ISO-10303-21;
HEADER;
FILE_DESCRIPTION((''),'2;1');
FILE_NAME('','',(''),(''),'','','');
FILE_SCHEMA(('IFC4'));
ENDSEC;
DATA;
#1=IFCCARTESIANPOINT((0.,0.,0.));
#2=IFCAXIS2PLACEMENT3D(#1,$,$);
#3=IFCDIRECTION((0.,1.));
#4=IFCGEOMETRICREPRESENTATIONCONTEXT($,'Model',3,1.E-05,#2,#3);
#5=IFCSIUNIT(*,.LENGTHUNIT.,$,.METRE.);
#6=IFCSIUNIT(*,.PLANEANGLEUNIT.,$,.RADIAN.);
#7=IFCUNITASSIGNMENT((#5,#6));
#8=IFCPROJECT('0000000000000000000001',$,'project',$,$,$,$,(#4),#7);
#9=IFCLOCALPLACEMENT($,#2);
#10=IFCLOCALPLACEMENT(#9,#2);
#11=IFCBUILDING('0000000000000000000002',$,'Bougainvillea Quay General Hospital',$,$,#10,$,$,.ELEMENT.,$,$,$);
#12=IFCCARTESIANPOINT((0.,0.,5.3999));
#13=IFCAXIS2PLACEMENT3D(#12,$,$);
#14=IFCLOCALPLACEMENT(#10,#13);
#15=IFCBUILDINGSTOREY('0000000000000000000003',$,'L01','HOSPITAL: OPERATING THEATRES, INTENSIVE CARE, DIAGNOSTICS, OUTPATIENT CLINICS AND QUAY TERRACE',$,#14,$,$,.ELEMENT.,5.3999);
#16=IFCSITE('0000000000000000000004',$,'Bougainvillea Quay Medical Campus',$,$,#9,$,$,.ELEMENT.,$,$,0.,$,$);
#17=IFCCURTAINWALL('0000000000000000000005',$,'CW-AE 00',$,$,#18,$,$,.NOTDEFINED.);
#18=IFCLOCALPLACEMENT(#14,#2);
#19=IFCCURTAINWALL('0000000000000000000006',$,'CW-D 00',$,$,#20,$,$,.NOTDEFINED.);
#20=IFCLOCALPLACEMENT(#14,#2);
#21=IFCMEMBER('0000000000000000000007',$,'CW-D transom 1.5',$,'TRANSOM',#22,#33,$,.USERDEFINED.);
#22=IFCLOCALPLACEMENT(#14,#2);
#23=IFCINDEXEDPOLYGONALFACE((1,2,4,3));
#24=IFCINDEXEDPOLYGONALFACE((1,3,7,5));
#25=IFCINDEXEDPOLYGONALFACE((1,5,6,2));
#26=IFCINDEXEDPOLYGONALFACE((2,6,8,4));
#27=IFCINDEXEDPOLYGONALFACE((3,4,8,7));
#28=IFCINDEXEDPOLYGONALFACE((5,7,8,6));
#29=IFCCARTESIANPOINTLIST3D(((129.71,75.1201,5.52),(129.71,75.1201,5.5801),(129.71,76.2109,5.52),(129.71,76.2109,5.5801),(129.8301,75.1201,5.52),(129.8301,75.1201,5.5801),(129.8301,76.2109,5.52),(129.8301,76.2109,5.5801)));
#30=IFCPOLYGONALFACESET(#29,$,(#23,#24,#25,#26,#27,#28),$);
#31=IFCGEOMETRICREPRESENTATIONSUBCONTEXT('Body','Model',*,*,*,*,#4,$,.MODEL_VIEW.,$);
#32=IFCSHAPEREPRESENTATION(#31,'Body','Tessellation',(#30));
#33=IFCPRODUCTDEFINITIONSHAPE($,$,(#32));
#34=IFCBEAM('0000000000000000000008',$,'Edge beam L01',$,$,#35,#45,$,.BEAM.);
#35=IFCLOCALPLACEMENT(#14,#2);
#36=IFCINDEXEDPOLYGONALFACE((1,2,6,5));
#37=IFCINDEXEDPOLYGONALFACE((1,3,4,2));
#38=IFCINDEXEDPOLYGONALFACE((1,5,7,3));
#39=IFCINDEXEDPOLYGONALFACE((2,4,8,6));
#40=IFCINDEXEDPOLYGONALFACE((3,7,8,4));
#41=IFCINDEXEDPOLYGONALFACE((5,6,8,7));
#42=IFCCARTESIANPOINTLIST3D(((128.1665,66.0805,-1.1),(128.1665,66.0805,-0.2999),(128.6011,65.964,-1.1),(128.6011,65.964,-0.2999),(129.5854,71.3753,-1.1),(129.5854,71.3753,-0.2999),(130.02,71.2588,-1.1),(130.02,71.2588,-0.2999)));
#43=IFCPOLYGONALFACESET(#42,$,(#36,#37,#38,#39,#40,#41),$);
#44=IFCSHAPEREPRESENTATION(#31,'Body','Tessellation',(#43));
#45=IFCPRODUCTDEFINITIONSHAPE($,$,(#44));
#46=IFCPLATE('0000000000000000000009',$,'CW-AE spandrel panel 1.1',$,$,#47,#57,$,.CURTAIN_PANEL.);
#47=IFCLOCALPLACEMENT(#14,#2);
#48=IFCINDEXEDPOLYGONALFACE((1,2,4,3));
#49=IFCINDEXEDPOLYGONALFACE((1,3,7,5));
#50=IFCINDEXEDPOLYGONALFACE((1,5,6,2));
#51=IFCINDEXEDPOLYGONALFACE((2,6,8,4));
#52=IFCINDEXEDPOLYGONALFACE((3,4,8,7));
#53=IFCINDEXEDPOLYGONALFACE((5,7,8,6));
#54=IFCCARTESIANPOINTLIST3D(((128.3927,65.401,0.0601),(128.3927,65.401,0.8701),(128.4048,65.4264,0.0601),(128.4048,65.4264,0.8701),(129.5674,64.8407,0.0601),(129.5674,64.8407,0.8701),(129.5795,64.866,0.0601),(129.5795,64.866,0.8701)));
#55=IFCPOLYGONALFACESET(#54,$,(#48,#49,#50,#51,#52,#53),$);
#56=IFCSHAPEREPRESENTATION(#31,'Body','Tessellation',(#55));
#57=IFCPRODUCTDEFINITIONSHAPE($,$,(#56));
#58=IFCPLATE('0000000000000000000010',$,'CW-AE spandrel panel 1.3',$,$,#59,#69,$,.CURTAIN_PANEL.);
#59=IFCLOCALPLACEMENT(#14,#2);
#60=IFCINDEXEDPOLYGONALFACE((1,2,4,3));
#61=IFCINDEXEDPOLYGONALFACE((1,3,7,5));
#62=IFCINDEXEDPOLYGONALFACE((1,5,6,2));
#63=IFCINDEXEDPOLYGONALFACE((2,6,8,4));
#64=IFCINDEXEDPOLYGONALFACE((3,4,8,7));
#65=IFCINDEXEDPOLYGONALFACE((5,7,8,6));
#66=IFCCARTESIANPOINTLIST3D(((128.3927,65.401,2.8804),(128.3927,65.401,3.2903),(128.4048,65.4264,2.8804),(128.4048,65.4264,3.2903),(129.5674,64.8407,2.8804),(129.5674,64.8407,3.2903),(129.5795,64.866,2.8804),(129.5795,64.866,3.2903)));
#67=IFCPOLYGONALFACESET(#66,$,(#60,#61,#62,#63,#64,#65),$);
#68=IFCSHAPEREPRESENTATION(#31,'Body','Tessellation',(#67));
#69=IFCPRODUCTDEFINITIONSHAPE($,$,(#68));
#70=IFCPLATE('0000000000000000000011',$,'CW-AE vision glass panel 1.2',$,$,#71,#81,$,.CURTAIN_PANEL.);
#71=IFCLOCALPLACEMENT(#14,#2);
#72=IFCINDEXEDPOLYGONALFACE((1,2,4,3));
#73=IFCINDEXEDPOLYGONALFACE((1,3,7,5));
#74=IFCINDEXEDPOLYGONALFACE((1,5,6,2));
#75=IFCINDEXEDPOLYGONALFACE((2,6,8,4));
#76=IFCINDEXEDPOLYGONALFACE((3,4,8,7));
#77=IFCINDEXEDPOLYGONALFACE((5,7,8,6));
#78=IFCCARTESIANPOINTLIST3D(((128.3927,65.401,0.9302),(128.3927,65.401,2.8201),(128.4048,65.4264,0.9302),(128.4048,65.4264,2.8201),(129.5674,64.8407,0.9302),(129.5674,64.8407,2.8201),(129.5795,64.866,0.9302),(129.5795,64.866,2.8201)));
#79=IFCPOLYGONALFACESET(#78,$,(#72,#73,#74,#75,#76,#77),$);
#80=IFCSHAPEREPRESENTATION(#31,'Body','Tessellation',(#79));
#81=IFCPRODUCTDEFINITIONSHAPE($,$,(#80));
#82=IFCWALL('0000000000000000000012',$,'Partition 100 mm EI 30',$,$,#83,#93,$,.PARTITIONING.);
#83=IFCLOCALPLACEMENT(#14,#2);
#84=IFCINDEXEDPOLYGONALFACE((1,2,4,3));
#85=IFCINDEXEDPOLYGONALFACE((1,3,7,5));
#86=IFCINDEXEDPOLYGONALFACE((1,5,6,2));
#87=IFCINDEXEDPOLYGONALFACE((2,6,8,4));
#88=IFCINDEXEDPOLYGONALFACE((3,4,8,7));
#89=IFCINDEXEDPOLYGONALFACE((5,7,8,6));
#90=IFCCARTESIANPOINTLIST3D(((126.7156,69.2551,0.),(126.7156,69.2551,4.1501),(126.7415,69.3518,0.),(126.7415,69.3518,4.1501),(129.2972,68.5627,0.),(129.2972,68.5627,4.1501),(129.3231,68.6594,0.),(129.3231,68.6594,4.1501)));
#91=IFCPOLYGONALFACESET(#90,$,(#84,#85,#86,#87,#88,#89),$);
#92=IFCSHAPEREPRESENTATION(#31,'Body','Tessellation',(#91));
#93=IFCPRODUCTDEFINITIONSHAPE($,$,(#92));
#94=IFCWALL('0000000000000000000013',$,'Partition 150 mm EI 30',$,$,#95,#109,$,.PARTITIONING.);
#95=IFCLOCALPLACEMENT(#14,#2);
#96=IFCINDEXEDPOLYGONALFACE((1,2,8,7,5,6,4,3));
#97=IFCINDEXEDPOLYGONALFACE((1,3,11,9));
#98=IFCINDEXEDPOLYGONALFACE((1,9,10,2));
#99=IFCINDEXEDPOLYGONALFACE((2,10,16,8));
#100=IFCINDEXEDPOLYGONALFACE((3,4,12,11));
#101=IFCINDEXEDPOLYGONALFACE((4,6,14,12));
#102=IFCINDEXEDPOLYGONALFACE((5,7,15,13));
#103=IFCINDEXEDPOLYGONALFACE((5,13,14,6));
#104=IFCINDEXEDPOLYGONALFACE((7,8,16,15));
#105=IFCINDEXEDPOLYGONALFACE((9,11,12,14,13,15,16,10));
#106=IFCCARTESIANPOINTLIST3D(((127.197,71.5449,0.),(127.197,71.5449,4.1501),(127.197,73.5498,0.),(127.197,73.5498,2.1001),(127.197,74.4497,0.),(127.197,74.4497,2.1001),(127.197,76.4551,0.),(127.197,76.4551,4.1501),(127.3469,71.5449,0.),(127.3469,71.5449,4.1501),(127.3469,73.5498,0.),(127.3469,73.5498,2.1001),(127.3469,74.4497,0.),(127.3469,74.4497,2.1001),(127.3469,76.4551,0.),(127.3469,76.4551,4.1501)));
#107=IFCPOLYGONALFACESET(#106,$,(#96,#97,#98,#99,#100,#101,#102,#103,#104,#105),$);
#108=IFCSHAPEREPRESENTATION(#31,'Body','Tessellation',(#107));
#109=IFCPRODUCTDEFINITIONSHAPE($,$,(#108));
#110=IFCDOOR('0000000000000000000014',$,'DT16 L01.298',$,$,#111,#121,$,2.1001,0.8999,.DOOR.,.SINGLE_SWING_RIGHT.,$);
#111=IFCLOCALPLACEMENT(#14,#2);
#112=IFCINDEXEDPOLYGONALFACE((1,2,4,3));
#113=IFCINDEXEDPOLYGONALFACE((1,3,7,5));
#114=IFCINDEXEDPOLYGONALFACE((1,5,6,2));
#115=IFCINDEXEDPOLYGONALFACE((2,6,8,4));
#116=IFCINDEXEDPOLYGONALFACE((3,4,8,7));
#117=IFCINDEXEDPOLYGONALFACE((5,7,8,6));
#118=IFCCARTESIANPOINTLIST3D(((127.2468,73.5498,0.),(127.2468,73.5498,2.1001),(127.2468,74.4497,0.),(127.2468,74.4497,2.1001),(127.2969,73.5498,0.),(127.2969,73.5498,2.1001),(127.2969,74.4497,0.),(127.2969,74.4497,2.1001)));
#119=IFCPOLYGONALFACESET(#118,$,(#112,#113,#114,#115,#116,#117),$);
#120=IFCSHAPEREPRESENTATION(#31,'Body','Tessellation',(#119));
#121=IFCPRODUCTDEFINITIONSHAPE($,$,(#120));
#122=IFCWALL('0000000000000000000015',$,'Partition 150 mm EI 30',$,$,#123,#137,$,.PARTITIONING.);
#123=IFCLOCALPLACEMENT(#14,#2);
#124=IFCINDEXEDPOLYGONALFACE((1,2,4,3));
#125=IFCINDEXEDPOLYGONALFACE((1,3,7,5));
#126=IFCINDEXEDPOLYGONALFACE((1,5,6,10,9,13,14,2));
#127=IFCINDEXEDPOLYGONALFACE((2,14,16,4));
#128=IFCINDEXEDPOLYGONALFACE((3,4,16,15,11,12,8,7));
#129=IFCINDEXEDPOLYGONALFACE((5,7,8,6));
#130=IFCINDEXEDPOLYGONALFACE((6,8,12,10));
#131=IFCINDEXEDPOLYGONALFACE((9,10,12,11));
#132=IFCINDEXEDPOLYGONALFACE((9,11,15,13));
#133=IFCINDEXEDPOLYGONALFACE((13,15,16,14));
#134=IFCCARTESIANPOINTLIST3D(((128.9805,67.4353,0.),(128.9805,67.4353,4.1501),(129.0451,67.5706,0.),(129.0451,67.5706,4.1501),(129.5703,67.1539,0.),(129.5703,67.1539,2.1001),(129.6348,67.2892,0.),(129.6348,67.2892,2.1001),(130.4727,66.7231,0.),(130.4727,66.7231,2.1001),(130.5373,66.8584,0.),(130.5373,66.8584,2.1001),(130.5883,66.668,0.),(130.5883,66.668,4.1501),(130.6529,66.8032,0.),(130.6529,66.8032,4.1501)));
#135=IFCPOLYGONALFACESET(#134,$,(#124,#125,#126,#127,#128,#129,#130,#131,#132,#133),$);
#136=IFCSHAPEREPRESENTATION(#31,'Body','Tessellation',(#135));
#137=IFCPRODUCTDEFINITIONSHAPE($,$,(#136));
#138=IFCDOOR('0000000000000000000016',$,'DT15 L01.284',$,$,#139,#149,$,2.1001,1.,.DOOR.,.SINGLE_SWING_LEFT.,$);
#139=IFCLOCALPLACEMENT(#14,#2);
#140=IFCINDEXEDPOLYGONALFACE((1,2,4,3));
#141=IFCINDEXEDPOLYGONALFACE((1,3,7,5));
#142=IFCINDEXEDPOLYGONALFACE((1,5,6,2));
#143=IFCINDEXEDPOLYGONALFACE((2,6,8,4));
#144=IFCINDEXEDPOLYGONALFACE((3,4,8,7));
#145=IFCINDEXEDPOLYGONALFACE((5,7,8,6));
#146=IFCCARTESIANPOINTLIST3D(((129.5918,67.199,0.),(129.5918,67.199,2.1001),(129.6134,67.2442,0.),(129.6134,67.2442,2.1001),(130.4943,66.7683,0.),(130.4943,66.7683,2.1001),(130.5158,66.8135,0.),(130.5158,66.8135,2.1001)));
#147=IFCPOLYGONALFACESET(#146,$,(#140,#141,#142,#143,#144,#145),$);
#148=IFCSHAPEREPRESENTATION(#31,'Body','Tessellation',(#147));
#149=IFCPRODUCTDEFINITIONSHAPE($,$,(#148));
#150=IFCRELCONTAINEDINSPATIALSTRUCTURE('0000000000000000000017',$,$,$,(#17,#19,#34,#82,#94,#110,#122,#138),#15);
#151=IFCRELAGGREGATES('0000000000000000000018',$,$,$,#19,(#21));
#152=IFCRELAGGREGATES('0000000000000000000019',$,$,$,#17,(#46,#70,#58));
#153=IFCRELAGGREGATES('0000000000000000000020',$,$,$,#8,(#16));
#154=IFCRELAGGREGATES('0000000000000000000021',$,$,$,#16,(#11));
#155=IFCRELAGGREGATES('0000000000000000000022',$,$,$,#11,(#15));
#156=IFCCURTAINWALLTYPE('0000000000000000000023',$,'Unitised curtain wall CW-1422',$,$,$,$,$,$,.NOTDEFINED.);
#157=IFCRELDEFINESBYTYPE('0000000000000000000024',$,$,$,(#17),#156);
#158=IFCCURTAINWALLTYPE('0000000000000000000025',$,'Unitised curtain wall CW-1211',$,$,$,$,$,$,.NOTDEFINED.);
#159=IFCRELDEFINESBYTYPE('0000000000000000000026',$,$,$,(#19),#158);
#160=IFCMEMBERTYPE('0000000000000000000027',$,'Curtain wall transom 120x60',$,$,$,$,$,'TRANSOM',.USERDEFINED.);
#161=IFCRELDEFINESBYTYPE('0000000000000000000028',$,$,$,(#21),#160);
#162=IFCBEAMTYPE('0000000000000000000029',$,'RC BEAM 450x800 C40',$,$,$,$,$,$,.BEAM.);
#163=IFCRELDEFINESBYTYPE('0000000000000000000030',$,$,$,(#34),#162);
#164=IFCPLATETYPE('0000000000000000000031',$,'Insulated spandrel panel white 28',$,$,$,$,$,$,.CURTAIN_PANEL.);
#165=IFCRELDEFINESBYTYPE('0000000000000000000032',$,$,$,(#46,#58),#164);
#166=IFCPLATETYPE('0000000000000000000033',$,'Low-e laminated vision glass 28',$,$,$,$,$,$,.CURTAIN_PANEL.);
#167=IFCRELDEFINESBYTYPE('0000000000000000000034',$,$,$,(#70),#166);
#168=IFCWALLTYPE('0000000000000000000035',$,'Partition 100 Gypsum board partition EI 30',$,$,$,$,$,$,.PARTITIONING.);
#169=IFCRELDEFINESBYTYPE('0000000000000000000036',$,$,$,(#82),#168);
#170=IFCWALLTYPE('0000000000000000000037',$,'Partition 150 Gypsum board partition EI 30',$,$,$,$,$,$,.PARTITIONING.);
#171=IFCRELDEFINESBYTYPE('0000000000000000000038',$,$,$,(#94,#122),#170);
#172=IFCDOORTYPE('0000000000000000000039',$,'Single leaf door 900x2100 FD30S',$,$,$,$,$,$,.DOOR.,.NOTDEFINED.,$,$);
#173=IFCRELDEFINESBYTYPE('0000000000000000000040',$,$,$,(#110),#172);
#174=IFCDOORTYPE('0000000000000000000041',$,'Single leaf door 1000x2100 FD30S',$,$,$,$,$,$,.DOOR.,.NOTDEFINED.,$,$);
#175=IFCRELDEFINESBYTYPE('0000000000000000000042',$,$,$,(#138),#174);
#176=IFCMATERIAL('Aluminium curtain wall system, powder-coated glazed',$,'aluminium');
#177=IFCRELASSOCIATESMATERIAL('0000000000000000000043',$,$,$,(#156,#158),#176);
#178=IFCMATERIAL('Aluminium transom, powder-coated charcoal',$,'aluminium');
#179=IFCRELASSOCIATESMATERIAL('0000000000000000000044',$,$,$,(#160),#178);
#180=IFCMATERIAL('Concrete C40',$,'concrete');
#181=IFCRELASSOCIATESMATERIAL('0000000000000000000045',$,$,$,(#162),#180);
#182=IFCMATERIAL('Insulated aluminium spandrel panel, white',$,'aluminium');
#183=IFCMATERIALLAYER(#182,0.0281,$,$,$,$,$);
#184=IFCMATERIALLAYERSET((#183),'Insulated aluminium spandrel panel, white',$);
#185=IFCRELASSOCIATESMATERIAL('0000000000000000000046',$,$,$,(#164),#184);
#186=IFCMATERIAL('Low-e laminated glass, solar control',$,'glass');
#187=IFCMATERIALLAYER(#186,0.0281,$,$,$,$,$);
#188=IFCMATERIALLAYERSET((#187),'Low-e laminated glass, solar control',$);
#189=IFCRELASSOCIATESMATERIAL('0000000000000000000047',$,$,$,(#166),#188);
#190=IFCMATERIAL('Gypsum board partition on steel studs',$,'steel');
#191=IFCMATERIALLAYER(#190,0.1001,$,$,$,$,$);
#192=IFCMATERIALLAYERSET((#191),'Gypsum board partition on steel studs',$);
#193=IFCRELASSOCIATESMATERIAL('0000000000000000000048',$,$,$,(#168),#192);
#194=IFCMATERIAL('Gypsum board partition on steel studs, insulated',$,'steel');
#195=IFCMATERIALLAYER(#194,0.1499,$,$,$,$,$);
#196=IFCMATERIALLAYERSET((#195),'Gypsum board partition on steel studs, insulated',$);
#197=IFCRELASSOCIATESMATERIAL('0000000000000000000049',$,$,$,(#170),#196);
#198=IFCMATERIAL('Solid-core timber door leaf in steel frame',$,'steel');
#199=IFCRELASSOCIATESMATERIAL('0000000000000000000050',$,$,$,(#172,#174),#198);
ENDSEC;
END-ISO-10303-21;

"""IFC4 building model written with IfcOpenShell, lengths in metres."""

from ifc_helpers import new_model, si_unit, direction, frame, frame_2d, origin, origin_2d, place, context, subcontext, project, spatial, rectangle, extrude, material, layer, layer_set, material_profile, profile_set, type_object, element, fill, aggregate, save


model = new_model("IFC4")

# Units and contexts
model_context = context("Model", 3, precision=1e-05, world=origin(), true_north=direction((0.0, 1.0)))
body_context = subcontext(model_context, "Body", "Model", "MODEL_VIEW")
ifc_project = project(units=[si_unit("LENGTHUNIT", "METRE"), si_unit("PLANEANGLEUNIT", "RADIAN")], contexts=[model_context])

# Site, building, storey
site_placement = place(None, origin())
site = spatial("IfcSite", under=ifc_project, at=site_placement, Name="Bougainvillea Quay Medical Campus", CompositionType="ELEMENT", RefElevation=0.0)
building_placement = place(site_placement, origin())
building = spatial("IfcBuilding", under=site, at=building_placement, Name="Bougainvillea Quay General Hospital", CompositionType="ELEMENT")
storey_placement = place(building_placement, frame((0.0, 0.0, 5.3999)))
storey = spatial("IfcBuildingStorey", under=building, at=storey_placement, Name="L01", Description="HOSPITAL: OPERATING THEATRES, INTENSIVE CARE, DIAGNOSTICS, OUTPATIENT CLINICS AND QUAY TERRACE", CompositionType="ELEMENT", Elevation=5.3999)

# Curtain walls
ifc_material_1 = material(Name="Aluminium curtain wall system, powder-coated glazed", Category="aluminium")
curtain_wall_type_1 = type_object("IfcCurtainWallType", Name="Unitised curtain wall CW-1422", PredefinedType="NOTDEFINED", material=ifc_material_1)
curtain_wall_1_placement = place(storey_placement, origin())
curtain_wall_1 = element("IfcCurtainWall", 1, at=curtain_wall_1_placement, inside=storey, type_object=curtain_wall_type_1, Name="CW-AE 00", PredefinedType="NOTDEFINED")
curtain_wall_type_2 = type_object("IfcCurtainWallType", Name="Unitised curtain wall CW-1211", PredefinedType="NOTDEFINED", material=ifc_material_1)
curtain_wall_2_placement = place(storey_placement, origin())
curtain_wall_2 = element("IfcCurtainWall", 2, at=curtain_wall_2_placement, inside=storey, type_object=curtain_wall_type_2, Name="CW-D 00", PredefinedType="NOTDEFINED")

# Member
ifc_material_2 = material(Name="Aluminium transom, powder-coated charcoal", Category="aluminium")
ifc_material_profile_1 = material_profile(ifc_material_2, rectangle(XDim=0.1201, YDim=0.0601, at=origin_2d()))
ifc_profile_set_1 = profile_set([ifc_material_profile_1], Name="Aluminium transom, powder-coated charcoal")
member_type_1 = type_object("IfcMemberType", Name="Curtain wall transom 120x60", ElementType="TRANSOM", PredefinedType="USERDEFINED", material=ifc_profile_set_1)
member_1_placement = place(storey_placement, frame((129.77, 75.1201, 5.55), z_axis=(0.0, 1.0, 0.0), x_axis=(-1.0, 0.0, 0.0)))
member_1 = element("IfcMember", 3, at=member_1_placement, type_object=member_type_1, Name="CW-D transom 1.5", ObjectType="TRANSOM", PredefinedType="USERDEFINED", context=body_context, shape_type="SweptSolid", body=[
    extrude(rectangle(XDim=0.1201, YDim=0.0601, at=origin_2d()), origin(), (0.0, 0.0, 1.0), 1.0908),
])
aggregate(curtain_wall_2, [member_1])

# Beam
ifc_material_3 = material(Name="Concrete C40", Category="concrete")
ifc_material_profile_2 = material_profile(ifc_material_3, rectangle(XDim=0.45, YDim=0.8, at=origin_2d()))
ifc_profile_set_2 = profile_set([ifc_material_profile_2], Name="Concrete C40")
beam_type = type_object("IfcBeamType", Name="RC BEAM 450x800 C40", PredefinedType="BEAM", material=ifc_profile_set_2)
beam_placement = place(storey_placement, frame((128.3838, 66.0222, -0.7), z_axis=(0.258849, 0.965918, 0.0), x_axis=(-0.965918, 0.258849, 0.0)))
element("IfcBeam", 4, at=beam_placement, inside=storey, type_object=beam_type, Name="Edge beam L01", PredefinedType="BEAM", context=body_context, shape_type="SweptSolid", body=[
    extrude(rectangle(XDim=0.45, YDim=0.8, at=origin_2d()), origin(), (0.0, 0.0, 1.0), 5.4817),
])

# Plates
ifc_material_4 = material(Name="Insulated aluminium spandrel panel, white", Category="aluminium")
ifc_layer_1 = layer(ifc_material_4, 0.0281)
ifc_layer_set_1 = layer_set([ifc_layer_1], Name="Insulated aluminium spandrel panel, white")
plate_type_1 = type_object("IfcPlateType", Name="Insulated spandrel panel white 28", PredefinedType="CURTAIN_PANEL", material=ifc_layer_set_1)
plate_1_placement = place(storey_placement, frame((128.9861, 65.1335, 0.0601), z_axis=(0.0, 0.0, 1.0), x_axis=(0.902574, -0.430534, 0.0)))
plate_1 = element("IfcPlate", 5, at=plate_1_placement, type_object=plate_type_1, Name="CW-AE spandrel panel 1.1", PredefinedType="CURTAIN_PANEL", context=body_context, shape_type="SweptSolid", body=[
    extrude(rectangle(XDim=1.3015, YDim=0.0281, at=origin_2d()), origin(), (0.0, 0.0, 1.0), 0.8101),
])
plate_2_placement = place(storey_placement, frame((128.9861, 65.1335, 2.8804), z_axis=(0.0, 0.0, 1.0), x_axis=(0.902574, -0.430534, 0.0)))
plate_2 = element("IfcPlate", 6, at=plate_2_placement, type_object=plate_type_1, Name="CW-AE spandrel panel 1.3", PredefinedType="CURTAIN_PANEL", context=body_context, shape_type="SweptSolid", body=[
    extrude(rectangle(XDim=1.3015, YDim=0.0281, at=origin_2d()), origin(), (0.0, 0.0, 1.0), 0.4099),
])
ifc_material_5 = material(Name="Low-e laminated glass, solar control", Category="glass")
ifc_layer_2 = layer(ifc_material_5, 0.0281)
ifc_layer_set_2 = layer_set([ifc_layer_2], Name="Low-e laminated glass, solar control")
plate_type_2 = type_object("IfcPlateType", Name="Low-e laminated vision glass 28", PredefinedType="CURTAIN_PANEL", material=ifc_layer_set_2)
plate_3_placement = place(storey_placement, frame((128.9861, 65.1335, 0.9302), z_axis=(0.0, 0.0, 1.0), x_axis=(0.902574, -0.430534, 0.0)))
plate_3 = element("IfcPlate", 7, at=plate_3_placement, type_object=plate_type_2, Name="CW-AE vision glass panel 1.2", PredefinedType="CURTAIN_PANEL", context=body_context, shape_type="SweptSolid", body=[
    extrude(rectangle(XDim=1.3015, YDim=0.0281, at=origin_2d()), origin(), (0.0, 0.0, 1.0), 1.8899),
])
aggregate(curtain_wall_1, [plate_1, plate_3, plate_2])

# Wall
ifc_material_6 = material(Name="Gypsum board partition on steel studs", Category="steel")
ifc_layer_3 = layer(ifc_material_6, 0.1001)
ifc_layer_set_3 = layer_set([ifc_layer_3], Name="Gypsum board partition on steel studs")
wall_type_1 = type_object("IfcWallType", Name="Partition 100 Gypsum board partition EI 30", PredefinedType="PARTITIONING", material=ifc_layer_set_3)
wall_1_placement = place(storey_placement, frame((126.7285, 69.3035, 0.0), z_axis=(0.0, 0.0, 1.0), x_axis=(0.965864, -0.25905, 0.0)))
element("IfcWall", 8, at=wall_1_placement, inside=storey, type_object=wall_type_1, Name="Partition 100 mm EI 30", PredefinedType="PARTITIONING", context=body_context, shape_type="SweptSolid", body=[
    extrude(rectangle(XDim=2.6729, YDim=0.1001, at=frame_2d((1.3364, 0.0))), origin(), (0.0, 0.0, 1.0), 4.1501),
])

# Walls, openings, doors
ifc_material_7 = material(Name="Gypsum board partition on steel studs, insulated", Category="steel")
ifc_layer_4 = layer(ifc_material_7, 0.1499)
ifc_layer_set_4 = layer_set([ifc_layer_4], Name="Gypsum board partition on steel studs, insulated")
wall_type_2 = type_object("IfcWallType", Name="Partition 150 Gypsum board partition EI 30", PredefinedType="PARTITIONING", material=ifc_layer_set_4)
wall_2_placement = place(storey_placement, frame((127.272, 71.5449, 0.0), z_axis=(0.0, 0.0, 1.0), x_axis=(0.0, 1.0, 0.0)))
wall_2 = element("IfcWall", 9, at=wall_2_placement, inside=storey, type_object=wall_type_2, Name="Partition 150 mm EI 30", PredefinedType="PARTITIONING", context=body_context, shape_type="SweptSolid", body=[
    extrude(rectangle(XDim=4.9102, YDim=0.1499, at=frame_2d((2.4551, 0.0))), origin(), (0.0, 0.0, 1.0), 4.1501),
])
opening_1_placement = place(wall_2_placement, frame((2.0049, 0.0, 0.0)))
opening_1 = element("IfcOpeningElement", 10, at=opening_1_placement, cuts=wall_2, PredefinedType="OPENING", context=body_context, shape_type="SweptSolid", body=[
    extrude(rectangle(XDim=0.8999, YDim=2.1001, at=frame_2d((0.45, 1.05))), frame((0.0, 0.085, 0.0), z_axis=(0.0, -1.0, 0.0), x_axis=(1.0, 0.0, 0.0)), (0.0, 0.0, 1.0), 0.1699),
])
ifc_material_8 = material(Name="Solid-core timber door leaf in steel frame", Category="steel")
door_type_1 = type_object("IfcDoorType", Name="Single leaf door 900x2100 FD30S", OperationType="NOTDEFINED", PredefinedType="DOOR", material=ifc_material_8)
door_1_placement = place(opening_1_placement, frame((0.8999, 0.0, 0.0), z_axis=(0.0, 0.0, 1.0), x_axis=(-1.0, 0.0, 0.0)))
door_1 = element("IfcDoor", 11, at=door_1_placement, inside=storey, type_object=door_type_1, Name="DT16 L01.298", OperationType="SINGLE_SWING_RIGHT", OverallHeight=2.1001, OverallWidth=0.8999, PredefinedType="DOOR", context=body_context, shape_type="SweptSolid", body=[
    extrude(rectangle(XDim=0.8999, YDim=2.1001, at=frame_2d((0.45, 1.05))), frame((0.0, 0.0249, 0.0), z_axis=(0.0, -1.0, 0.0), x_axis=(1.0, 0.0, 0.0)), (0.0, 0.0, 1.0), 0.05),
])
fill(opening_1, door_1)
wall_3_placement = place(storey_placement, frame((129.0129, 67.5029, 0.0), z_axis=(0.0, 0.0, 1.0), x_axis=(0.902473, -0.430747, 0.0)))
wall_3 = element("IfcWall", 12, at=wall_3_placement, inside=storey, type_object=wall_type_2, Name="Partition 150 mm EI 30", PredefinedType="PARTITIONING", context=body_context, shape_type="SweptSolid", body=[
    extrude(rectangle(XDim=1.7815, YDim=0.1499, at=frame_2d((0.8906, 0.0))), origin(), (0.0, 0.0, 1.0), 4.1501),
])
opening_2_placement = place(wall_3_placement, frame((0.6533, 0.0, 0.0)))
opening_2 = element("IfcOpeningElement", 13, at=opening_2_placement, cuts=wall_3, PredefinedType="OPENING", context=body_context, shape_type="SweptSolid", body=[
    extrude(rectangle(XDim=1.0, YDim=2.1001, at=frame_2d((0.5, 1.05))), frame((0.0, 0.085, 0.0), z_axis=(0.0, -1.0, 0.0), x_axis=(1.0, 0.0, 0.0)), (0.0, 0.0, 1.0), 0.1699),
])
door_type_2 = type_object("IfcDoorType", Name="Single leaf door 1000x2100 FD30S", OperationType="NOTDEFINED", PredefinedType="DOOR", material=ifc_material_8)
door_2_placement = place(opening_2_placement, frame((1.0, 0.0, 0.0), z_axis=(0.0, 0.0, 1.0), x_axis=(-1.0, 0.0, 0.0)))
door_2 = element("IfcDoor", 14, at=door_2_placement, inside=storey, type_object=door_type_2, Name="DT15 L01.284", OperationType="SINGLE_SWING_LEFT", OverallHeight=2.1001, OverallWidth=1.0, PredefinedType="DOOR", context=body_context, shape_type="SweptSolid", body=[
    extrude(rectangle(XDim=1.0, YDim=2.1001, at=frame_2d((0.5, 1.05))), frame((0.0, 0.0249, 0.0), z_axis=(0.0, -1.0, 0.0), x_axis=(1.0, 0.0, 0.0)), (0.0, 0.0, 1.0), 0.05),
])
fill(opening_2, door_2)

save(model, "model.ifc")
